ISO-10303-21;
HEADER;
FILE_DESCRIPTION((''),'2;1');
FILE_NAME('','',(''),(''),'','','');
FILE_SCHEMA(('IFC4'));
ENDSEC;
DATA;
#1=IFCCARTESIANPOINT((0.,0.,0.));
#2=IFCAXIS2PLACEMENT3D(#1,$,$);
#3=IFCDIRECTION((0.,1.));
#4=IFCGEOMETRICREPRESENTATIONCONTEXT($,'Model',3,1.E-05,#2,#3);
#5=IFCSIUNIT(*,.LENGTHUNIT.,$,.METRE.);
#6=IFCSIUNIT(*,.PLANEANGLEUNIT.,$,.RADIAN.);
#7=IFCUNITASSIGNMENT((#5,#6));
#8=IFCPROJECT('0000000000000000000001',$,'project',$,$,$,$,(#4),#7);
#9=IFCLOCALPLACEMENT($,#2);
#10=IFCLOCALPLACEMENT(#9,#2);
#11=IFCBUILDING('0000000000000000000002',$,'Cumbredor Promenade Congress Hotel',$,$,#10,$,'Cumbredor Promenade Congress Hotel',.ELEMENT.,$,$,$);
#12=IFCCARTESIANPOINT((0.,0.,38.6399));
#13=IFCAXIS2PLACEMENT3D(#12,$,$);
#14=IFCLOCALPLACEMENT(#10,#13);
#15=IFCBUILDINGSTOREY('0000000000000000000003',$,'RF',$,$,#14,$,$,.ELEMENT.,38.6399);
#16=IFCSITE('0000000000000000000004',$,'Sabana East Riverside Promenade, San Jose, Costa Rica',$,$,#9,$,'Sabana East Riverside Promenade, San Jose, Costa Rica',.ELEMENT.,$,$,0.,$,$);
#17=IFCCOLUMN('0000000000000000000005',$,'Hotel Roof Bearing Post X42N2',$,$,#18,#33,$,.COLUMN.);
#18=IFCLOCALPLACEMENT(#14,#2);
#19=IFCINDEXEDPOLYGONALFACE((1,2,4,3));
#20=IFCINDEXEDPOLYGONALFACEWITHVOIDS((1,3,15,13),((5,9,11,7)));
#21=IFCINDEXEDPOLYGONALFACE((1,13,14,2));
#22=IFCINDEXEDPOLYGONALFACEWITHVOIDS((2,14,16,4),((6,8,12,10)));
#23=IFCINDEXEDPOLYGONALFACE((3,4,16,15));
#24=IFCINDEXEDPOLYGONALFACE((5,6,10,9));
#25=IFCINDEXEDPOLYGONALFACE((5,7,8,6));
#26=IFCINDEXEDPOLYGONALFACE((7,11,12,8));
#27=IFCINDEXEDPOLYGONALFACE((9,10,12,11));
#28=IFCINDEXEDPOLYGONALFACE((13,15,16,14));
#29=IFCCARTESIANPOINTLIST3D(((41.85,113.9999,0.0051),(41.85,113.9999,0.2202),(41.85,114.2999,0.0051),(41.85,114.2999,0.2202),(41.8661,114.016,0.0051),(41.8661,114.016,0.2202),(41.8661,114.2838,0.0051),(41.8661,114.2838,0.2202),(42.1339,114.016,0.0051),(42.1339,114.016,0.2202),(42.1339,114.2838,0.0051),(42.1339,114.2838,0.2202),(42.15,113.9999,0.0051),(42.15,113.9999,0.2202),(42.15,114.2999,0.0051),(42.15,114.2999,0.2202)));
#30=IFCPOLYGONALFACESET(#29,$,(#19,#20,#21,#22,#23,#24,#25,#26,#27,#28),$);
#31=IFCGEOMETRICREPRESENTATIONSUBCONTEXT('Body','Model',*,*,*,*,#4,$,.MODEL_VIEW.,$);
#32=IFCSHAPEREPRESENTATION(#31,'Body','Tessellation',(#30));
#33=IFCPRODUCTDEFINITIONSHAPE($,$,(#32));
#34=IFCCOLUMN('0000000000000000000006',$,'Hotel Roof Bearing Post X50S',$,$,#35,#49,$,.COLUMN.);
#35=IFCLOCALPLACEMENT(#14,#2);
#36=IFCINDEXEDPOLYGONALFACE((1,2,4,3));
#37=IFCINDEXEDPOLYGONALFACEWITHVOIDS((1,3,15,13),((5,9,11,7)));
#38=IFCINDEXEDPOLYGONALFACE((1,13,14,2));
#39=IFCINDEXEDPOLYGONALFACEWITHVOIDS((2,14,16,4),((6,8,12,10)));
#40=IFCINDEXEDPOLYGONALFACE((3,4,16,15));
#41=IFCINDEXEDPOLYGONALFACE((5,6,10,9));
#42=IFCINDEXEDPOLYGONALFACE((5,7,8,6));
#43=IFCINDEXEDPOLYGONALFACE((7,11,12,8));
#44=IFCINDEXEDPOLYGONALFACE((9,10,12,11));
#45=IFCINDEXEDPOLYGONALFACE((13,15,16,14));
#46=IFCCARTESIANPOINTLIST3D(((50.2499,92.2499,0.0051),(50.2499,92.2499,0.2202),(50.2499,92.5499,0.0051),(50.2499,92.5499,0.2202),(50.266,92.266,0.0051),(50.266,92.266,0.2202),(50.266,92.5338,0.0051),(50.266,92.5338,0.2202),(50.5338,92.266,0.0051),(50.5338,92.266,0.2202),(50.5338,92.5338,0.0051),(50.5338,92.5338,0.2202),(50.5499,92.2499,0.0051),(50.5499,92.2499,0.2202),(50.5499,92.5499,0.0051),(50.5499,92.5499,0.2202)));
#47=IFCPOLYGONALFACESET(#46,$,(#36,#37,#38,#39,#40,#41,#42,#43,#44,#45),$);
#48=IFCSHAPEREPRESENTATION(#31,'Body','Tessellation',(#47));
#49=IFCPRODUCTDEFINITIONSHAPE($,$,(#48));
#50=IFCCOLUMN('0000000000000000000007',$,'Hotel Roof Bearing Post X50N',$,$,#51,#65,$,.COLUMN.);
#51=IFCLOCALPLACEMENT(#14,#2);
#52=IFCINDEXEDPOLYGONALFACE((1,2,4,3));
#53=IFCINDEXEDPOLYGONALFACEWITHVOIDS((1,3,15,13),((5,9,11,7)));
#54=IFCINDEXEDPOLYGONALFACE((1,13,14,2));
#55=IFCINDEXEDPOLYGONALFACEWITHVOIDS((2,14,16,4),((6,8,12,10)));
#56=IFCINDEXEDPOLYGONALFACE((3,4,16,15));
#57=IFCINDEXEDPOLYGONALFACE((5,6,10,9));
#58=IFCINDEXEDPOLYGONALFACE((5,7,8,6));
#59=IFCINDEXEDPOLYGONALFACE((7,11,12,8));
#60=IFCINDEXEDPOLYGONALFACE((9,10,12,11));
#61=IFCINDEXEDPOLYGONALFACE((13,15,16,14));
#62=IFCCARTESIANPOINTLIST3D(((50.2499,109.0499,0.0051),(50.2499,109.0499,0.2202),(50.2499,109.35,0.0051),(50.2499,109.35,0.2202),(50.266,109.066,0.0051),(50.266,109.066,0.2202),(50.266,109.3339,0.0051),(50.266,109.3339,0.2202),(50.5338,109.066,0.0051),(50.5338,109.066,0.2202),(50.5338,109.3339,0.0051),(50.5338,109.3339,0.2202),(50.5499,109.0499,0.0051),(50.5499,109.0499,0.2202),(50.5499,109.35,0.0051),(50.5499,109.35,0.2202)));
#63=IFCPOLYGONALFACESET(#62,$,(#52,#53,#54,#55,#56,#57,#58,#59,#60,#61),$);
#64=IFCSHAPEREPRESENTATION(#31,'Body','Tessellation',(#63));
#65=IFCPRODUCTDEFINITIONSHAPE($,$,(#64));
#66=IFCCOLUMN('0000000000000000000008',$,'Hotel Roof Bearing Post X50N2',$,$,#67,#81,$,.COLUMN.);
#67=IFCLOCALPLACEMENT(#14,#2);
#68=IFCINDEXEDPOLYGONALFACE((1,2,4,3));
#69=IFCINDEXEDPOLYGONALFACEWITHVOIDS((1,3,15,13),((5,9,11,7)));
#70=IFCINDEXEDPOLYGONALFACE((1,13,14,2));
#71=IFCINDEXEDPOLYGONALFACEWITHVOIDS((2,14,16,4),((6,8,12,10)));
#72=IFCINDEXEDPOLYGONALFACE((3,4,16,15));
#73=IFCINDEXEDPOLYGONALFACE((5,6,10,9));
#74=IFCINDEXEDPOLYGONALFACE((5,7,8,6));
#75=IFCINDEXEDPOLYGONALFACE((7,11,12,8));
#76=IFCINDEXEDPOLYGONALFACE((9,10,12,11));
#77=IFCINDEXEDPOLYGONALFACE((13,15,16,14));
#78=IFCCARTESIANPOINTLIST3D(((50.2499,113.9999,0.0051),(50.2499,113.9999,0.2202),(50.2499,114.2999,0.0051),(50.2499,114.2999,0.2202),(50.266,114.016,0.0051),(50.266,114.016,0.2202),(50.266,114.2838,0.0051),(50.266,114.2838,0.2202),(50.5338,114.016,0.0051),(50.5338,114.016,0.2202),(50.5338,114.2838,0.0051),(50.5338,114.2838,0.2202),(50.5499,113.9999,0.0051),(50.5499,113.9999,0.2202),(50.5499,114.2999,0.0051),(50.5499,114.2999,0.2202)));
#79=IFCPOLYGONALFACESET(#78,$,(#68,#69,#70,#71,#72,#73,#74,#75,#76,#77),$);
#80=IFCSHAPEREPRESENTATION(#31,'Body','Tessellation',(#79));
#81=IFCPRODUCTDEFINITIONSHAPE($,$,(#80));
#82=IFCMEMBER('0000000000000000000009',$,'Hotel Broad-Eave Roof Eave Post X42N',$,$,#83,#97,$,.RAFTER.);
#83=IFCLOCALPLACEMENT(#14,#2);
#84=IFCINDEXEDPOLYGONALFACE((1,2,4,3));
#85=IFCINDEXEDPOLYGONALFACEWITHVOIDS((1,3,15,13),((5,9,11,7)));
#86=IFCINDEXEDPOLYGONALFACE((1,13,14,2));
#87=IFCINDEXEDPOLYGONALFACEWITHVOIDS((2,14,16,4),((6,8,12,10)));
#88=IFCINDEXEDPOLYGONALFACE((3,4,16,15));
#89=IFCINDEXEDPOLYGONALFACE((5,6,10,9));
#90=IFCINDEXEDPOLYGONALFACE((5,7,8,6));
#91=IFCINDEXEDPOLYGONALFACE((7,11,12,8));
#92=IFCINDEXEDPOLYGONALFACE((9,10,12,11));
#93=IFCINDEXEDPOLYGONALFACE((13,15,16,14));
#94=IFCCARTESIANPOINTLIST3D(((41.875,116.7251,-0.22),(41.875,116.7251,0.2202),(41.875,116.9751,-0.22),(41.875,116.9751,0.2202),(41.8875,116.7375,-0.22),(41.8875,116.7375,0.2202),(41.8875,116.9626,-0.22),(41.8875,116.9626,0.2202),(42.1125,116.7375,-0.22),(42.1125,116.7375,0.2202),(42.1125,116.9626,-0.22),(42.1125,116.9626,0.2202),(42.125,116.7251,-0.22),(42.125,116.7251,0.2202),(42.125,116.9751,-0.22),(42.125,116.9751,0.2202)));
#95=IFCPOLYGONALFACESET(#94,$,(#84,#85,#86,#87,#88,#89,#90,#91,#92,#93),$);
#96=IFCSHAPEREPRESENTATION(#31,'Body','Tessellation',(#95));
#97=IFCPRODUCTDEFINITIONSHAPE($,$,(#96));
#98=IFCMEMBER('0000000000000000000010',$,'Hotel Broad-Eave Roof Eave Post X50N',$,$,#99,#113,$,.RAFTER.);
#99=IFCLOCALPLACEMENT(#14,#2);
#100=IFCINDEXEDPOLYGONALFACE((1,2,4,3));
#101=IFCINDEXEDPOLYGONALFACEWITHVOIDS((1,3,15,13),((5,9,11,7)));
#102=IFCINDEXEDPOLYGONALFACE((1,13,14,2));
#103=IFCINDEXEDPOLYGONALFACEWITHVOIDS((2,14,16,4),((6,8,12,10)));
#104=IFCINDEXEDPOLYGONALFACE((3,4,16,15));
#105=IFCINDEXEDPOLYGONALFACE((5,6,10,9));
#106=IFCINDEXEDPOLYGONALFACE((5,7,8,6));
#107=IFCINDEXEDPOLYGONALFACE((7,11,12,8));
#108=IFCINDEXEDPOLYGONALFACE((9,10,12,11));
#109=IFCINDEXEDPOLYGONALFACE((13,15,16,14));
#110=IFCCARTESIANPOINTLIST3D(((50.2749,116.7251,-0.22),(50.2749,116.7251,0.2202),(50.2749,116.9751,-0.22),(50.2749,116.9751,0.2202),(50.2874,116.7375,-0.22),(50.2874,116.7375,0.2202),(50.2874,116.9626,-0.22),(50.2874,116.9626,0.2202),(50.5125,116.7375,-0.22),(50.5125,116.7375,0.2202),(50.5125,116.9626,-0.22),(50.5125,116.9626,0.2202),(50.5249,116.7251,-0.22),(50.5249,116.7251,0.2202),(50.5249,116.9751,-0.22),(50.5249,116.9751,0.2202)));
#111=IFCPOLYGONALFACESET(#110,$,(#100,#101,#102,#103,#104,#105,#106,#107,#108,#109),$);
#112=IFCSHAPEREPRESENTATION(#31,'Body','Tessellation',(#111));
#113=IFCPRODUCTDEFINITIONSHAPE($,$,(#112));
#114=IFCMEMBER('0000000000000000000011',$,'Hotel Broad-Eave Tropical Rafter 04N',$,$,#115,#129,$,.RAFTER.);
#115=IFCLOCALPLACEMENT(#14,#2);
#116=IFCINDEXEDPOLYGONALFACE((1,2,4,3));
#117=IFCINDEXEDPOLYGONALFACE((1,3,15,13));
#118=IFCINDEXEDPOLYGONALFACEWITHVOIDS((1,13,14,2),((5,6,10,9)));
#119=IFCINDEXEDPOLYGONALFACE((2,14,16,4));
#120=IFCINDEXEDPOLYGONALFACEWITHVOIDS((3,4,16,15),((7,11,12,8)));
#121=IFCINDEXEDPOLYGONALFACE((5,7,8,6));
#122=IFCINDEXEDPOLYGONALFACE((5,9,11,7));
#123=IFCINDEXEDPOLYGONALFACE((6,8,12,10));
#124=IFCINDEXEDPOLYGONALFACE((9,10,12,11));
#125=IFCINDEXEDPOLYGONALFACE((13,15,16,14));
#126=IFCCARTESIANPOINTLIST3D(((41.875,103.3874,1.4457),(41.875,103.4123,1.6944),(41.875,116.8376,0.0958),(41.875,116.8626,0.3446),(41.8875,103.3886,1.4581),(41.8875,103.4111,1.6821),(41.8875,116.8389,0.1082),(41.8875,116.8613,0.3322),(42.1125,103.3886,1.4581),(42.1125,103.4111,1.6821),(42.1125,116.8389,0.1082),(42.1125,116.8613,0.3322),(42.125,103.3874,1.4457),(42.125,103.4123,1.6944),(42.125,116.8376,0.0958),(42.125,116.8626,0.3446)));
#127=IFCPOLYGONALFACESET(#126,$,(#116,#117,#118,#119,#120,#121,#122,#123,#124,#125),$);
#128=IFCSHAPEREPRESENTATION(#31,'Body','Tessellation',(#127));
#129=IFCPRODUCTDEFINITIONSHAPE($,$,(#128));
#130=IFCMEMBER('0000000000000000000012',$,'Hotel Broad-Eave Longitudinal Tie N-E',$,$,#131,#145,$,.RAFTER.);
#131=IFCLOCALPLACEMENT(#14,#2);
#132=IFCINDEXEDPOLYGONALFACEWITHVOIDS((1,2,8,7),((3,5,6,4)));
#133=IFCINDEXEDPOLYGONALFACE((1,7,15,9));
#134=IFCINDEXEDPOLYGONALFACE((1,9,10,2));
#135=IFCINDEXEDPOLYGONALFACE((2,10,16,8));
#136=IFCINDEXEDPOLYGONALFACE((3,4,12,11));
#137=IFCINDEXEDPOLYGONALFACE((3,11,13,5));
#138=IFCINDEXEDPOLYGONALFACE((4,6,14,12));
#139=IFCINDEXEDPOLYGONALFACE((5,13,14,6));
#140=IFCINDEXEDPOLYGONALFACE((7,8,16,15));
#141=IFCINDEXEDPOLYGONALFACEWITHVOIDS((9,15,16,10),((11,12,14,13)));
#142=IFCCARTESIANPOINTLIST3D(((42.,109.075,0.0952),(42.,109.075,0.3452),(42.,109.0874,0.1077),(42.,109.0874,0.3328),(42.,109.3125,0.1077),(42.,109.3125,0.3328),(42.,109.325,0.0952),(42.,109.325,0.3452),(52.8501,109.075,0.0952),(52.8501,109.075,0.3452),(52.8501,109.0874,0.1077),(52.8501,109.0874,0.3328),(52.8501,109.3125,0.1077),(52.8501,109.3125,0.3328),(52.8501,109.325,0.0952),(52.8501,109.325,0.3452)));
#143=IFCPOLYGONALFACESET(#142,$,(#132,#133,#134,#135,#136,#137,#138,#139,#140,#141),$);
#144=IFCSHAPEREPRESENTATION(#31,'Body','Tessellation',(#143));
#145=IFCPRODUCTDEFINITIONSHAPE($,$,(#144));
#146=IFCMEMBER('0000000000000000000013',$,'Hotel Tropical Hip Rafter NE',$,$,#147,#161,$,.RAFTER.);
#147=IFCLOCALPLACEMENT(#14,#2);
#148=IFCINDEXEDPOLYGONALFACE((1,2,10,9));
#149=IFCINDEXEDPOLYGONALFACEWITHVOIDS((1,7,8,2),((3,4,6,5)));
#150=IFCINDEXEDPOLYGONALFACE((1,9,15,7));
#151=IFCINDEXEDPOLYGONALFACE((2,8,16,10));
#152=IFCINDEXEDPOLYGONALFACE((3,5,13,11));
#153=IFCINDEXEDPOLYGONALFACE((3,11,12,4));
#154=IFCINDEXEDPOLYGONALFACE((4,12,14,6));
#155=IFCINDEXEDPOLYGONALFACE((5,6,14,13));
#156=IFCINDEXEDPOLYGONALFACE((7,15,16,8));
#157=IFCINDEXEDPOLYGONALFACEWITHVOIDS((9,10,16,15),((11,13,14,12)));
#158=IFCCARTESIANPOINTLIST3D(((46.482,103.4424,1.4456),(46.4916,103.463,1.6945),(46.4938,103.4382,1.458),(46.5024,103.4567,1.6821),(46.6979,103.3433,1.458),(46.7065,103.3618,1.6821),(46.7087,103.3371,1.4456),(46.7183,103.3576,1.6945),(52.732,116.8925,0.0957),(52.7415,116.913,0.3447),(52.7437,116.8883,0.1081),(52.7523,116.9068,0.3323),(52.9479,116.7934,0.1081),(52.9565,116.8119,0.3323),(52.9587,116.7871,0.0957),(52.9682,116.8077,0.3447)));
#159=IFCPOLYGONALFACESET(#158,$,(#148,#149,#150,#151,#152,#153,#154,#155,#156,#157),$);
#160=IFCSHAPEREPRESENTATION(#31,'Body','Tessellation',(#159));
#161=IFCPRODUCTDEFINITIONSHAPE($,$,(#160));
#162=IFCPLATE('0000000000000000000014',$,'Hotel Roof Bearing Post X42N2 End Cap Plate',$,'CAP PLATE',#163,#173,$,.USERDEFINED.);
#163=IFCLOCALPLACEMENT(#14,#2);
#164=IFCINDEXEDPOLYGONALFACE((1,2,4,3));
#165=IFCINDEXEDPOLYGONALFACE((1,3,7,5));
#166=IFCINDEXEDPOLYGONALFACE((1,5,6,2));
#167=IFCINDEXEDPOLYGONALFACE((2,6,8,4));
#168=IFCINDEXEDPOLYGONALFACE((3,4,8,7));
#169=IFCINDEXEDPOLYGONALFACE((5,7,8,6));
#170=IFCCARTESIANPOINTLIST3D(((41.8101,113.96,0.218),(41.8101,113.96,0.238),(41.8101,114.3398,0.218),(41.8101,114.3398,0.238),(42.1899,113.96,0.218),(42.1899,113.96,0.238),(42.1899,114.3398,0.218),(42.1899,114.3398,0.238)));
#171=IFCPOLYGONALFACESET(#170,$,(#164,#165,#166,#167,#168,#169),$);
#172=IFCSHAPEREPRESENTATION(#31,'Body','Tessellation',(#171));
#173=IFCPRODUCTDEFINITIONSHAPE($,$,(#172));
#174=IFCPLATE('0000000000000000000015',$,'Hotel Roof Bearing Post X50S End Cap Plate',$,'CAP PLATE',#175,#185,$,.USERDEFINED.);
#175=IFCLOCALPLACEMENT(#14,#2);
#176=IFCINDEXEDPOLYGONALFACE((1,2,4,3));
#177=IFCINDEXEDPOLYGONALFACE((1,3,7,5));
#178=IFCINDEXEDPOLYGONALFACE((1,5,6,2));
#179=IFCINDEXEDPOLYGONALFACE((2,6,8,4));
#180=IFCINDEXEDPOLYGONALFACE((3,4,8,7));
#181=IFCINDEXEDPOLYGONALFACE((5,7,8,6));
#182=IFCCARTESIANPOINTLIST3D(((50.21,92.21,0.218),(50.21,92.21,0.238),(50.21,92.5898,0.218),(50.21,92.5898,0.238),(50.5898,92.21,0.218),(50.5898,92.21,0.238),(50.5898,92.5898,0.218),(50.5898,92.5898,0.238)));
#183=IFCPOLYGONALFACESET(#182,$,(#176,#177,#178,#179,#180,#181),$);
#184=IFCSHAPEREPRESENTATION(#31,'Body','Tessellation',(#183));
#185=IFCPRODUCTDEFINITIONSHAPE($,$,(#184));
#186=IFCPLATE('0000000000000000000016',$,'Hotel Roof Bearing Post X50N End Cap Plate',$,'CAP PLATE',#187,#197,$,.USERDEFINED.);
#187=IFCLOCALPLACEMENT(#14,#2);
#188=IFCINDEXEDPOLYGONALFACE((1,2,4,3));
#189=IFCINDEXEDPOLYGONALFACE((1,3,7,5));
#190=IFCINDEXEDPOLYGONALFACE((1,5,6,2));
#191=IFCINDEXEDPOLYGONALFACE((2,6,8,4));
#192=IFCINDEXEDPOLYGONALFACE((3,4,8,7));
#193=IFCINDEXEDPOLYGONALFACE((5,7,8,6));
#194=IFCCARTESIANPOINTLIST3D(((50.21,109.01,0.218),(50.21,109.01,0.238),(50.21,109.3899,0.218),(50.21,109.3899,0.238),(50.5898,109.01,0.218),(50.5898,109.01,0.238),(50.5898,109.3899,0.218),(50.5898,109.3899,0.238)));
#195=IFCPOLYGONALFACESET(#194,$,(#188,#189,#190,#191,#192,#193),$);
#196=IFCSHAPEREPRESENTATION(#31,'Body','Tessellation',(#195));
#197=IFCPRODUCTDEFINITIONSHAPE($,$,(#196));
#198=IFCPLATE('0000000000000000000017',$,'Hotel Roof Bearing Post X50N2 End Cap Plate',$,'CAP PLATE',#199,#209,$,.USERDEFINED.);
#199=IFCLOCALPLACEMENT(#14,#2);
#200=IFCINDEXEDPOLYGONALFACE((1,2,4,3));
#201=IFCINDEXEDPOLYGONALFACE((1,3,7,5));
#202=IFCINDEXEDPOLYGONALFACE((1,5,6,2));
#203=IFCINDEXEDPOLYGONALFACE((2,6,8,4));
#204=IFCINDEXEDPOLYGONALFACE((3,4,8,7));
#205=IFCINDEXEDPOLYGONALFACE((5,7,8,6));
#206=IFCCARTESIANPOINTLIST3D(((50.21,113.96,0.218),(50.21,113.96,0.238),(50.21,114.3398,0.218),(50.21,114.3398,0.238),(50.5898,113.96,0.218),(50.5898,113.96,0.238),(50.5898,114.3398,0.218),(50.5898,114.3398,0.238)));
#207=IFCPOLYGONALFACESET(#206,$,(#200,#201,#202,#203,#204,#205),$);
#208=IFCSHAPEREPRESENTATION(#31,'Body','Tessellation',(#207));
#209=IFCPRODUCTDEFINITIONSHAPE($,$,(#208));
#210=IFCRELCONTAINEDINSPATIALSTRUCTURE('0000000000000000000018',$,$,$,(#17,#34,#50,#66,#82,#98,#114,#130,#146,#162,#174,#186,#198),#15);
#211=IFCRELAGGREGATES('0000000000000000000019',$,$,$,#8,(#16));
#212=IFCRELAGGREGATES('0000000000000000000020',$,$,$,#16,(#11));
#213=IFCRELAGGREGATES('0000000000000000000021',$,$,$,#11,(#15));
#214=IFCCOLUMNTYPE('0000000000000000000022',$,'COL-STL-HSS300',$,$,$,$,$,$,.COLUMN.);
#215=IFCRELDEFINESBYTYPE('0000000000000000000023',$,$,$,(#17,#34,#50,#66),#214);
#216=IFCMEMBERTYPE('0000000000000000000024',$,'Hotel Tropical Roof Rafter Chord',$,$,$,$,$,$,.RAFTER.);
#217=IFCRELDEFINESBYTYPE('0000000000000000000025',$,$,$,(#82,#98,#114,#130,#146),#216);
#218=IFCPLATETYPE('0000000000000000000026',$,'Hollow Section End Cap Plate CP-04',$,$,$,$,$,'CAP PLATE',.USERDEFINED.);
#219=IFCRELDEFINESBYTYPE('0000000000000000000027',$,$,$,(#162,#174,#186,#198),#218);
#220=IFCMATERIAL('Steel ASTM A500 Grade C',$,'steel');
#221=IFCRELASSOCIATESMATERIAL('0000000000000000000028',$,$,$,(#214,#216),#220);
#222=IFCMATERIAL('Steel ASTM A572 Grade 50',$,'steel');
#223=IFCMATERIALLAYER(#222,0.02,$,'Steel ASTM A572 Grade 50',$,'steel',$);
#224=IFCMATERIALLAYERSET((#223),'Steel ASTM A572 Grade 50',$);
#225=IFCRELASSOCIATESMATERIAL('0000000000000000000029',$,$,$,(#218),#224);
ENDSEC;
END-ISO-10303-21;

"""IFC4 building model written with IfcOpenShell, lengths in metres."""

from ifc_helpers import new_model, si_unit, direction, frame, origin, origin_2d, place, context, subcontext, project, spatial, rectangle, hollow_rectangle, extrude, material, layer, layer_set, material_profile, profile_set, type_object, element, save


model = new_model("IFC4")

# Units and contexts
model_context = context("Model", 3, precision=1e-05, world=origin(), true_north=direction((0.0, 1.0)))
body_context = subcontext(model_context, "Body", "Model", "MODEL_VIEW")
ifc_project = project(units=[si_unit("LENGTHUNIT", "METRE"), si_unit("PLANEANGLEUNIT", "RADIAN")], contexts=[model_context])

# Site, building, storey
site_placement = place(None, origin())
site = spatial("IfcSite", under=ifc_project, at=site_placement, Name="Sabana East Riverside Promenade, San Jose, Costa Rica", LongName="Sabana East Riverside Promenade, San Jose, Costa Rica", CompositionType="ELEMENT", RefElevation=0.0)
building_placement = place(site_placement, origin())
building = spatial("IfcBuilding", under=site, at=building_placement, Name="Cumbredor Promenade Congress Hotel", LongName="Cumbredor Promenade Congress Hotel", CompositionType="ELEMENT")
storey_placement = place(building_placement, frame((0.0, 0.0, 38.6399)))
storey = spatial("IfcBuildingStorey", under=building, at=storey_placement, Name="RF", CompositionType="ELEMENT", Elevation=38.6399)

# Columns
ifc_material_1 = material(Name="Steel ASTM A500 Grade C", Category="steel")
ifc_material_profile_1 = material_profile(ifc_material_1, hollow_rectangle(XDim=0.3, YDim=0.3, WallThickness=0.0161, at=origin_2d()), Name="HSS 300x300x16")
ifc_profile_set_1 = profile_set([ifc_material_profile_1], Name="Steel ASTM A500 Grade C")
column_type = type_object("IfcColumnType", Name="COL-STL-HSS300", PredefinedType="COLUMN", material=ifc_profile_set_1)
for number, where, z_axis, x_axis, name in (
    (1, (42.0, 114.1499, 0.0051), (0.0, 0.0, 1.0), (1.0, 0.0, 0.0), "Hotel Roof Bearing Post X42N2"),
    (2, (50.3999, 92.3999, 0.0051), (0.0, 0.0, 1.0), (1.0, 0.0, 0.0), "Hotel Roof Bearing Post X50S"),
    (3, (50.3999, 109.2, 0.0051), (0.0, 0.0, 1.0), (1.0, 0.0, 0.0), "Hotel Roof Bearing Post X50N"),
    (4, (50.3999, 114.1499, 0.0051), (0.0, 0.0, 1.0), (1.0, 0.0, 0.0), "Hotel Roof Bearing Post X50N2"),
):
    element("IfcColumn", number, at=place(storey_placement, frame(where, z_axis=z_axis, x_axis=x_axis)), inside=storey, type_object=column_type, Name=name, PredefinedType="COLUMN", context=body_context, shape_type="SweptSolid", body=[
        extrude(hollow_rectangle(XDim=0.3, YDim=0.3, WallThickness=0.0161, at=origin_2d()), origin(), (0.0, 0.0, 1.0), 0.2151),
    ])

# Members
ifc_material_profile_2 = material_profile(ifc_material_1, hollow_rectangle(XDim=0.25, YDim=0.25, WallThickness=0.0125, at=origin_2d()), Name="HSS 250x250x12.5")
ifc_profile_set_2 = profile_set([ifc_material_profile_2], Name="Steel ASTM A500 Grade C")
member_type = type_object("IfcMemberType", Name="Hotel Tropical Roof Rafter Chord", PredefinedType="RAFTER", material=ifc_profile_set_2)
for number, where, z_axis, x_axis, name in (
    (5, (42.0, 116.8501, -0.22), (0.0, 0.0, 1.0), (1.0, 0.0, 0.0), "Hotel Broad-Eave Roof Eave Post X42N"),
    (6, (50.3999, 116.8501, -0.22), (0.0, 0.0, 1.0), (1.0, 0.0, 0.0), "Hotel Broad-Eave Roof Eave Post X50N"),
):
    element("IfcMember", number, at=place(storey_placement, frame(where, z_axis=z_axis, x_axis=x_axis)), inside=storey, type_object=member_type, Name=name, PredefinedType="RAFTER", context=body_context, shape_type="SweptSolid", body=[
        extrude(hollow_rectangle(XDim=0.25, YDim=0.25, WallThickness=0.0125, at=origin_2d()), origin(), (0.0, 0.0, 1.0), 0.4402),
    ])
member_1_placement = place(storey_placement, frame((42.0, 116.8501, 0.2202), z_axis=(0.0, -0.995002, 0.099858), x_axis=(1.0, 0.0, 0.0)))
element("IfcMember", 7, at=member_1_placement, inside=storey, type_object=member_type, Name="Hotel Broad-Eave Tropical Rafter 04N", PredefinedType="RAFTER", context=body_context, shape_type="SweptSolid", body=[
    extrude(hollow_rectangle(XDim=0.25, YDim=0.25, WallThickness=0.0125, at=origin_2d()), origin(), (0.0, 0.0, 1.0), 13.5178),
])
member_2_placement = place(storey_placement, frame((42.0, 109.2, 0.2202), z_axis=(1.0, 0.0, 0.0), x_axis=(0.0, 1.0, 0.0)))
element("IfcMember", 8, at=member_2_placement, inside=storey, type_object=member_type, Name="Hotel Broad-Eave Longitudinal Tie N-E", PredefinedType="RAFTER", context=body_context, shape_type="SweptSolid", body=[
    extrude(hollow_rectangle(XDim=0.25, YDim=0.25, WallThickness=0.0125, at=origin_2d()), origin(), (0.0, 0.0, 1.0), 10.8501),
])
member_3_placement = place(storey_placement, frame((52.8501, 116.8501, 0.2202), z_axis=(-0.419669, -0.90314, 0.090639), x_axis=(0.906873, -0.421403, 0.0)))
element("IfcMember", 9, at=member_3_placement, inside=storey, type_object=member_type, Name="Hotel Tropical Hip Rafter NE", PredefinedType="RAFTER", context=body_context, shape_type="SweptSolid", body=[
    extrude(hollow_rectangle(XDim=0.25, YDim=0.25, WallThickness=0.0125, at=origin_2d()), origin(), (0.0, 0.0, 1.0), 14.8926),
])

# Plates
ifc_material_2 = material(Name="Steel ASTM A572 Grade 50", Category="steel")
ifc_layer_1 = layer(ifc_material_2, 0.02, Name="Steel ASTM A572 Grade 50", Category="steel")
ifc_layer_set_1 = layer_set([ifc_layer_1], Name="Steel ASTM A572 Grade 50")
plate_type_1 = type_object("IfcPlateType", Name="Hollow Section End Cap Plate CP-04", ElementType="CAP PLATE", PredefinedType="USERDEFINED", material=ifc_layer_set_1)
for number, where, z_axis, x_axis, name in (
    (10, (42.0, 114.1499, 0.218), (0.0, 0.0, 1.0), (1.0, 0.0, 0.0), "Hotel Roof Bearing Post X42N2 End Cap Plate"),
    (11, (50.3999, 92.3999, 0.218), (0.0, 0.0, 1.0), (1.0, 0.0, 0.0), "Hotel Roof Bearing Post X50S End Cap Plate"),
    (12, (50.3999, 109.2, 0.218), (0.0, 0.0, 1.0), (1.0, 0.0, 0.0), "Hotel Roof Bearing Post X50N End Cap Plate"),
    (13, (50.3999, 114.1499, 0.218), (0.0, 0.0, 1.0), (1.0, 0.0, 0.0), "Hotel Roof Bearing Post X50N2 End Cap Plate"),
):
    element("IfcPlate", number, at=place(storey_placement, frame(where, z_axis=z_axis, x_axis=x_axis)), inside=storey, type_object=plate_type_1, Name=name, ObjectType="CAP PLATE", PredefinedType="USERDEFINED", context=body_context, shape_type="SweptSolid", body=[
        extrude(rectangle(XDim=0.3799, YDim=0.3799, at=origin_2d()), origin(), (0.0, 0.0, 1.0), 0.02),
    ])

save(model, "model.ifc")
